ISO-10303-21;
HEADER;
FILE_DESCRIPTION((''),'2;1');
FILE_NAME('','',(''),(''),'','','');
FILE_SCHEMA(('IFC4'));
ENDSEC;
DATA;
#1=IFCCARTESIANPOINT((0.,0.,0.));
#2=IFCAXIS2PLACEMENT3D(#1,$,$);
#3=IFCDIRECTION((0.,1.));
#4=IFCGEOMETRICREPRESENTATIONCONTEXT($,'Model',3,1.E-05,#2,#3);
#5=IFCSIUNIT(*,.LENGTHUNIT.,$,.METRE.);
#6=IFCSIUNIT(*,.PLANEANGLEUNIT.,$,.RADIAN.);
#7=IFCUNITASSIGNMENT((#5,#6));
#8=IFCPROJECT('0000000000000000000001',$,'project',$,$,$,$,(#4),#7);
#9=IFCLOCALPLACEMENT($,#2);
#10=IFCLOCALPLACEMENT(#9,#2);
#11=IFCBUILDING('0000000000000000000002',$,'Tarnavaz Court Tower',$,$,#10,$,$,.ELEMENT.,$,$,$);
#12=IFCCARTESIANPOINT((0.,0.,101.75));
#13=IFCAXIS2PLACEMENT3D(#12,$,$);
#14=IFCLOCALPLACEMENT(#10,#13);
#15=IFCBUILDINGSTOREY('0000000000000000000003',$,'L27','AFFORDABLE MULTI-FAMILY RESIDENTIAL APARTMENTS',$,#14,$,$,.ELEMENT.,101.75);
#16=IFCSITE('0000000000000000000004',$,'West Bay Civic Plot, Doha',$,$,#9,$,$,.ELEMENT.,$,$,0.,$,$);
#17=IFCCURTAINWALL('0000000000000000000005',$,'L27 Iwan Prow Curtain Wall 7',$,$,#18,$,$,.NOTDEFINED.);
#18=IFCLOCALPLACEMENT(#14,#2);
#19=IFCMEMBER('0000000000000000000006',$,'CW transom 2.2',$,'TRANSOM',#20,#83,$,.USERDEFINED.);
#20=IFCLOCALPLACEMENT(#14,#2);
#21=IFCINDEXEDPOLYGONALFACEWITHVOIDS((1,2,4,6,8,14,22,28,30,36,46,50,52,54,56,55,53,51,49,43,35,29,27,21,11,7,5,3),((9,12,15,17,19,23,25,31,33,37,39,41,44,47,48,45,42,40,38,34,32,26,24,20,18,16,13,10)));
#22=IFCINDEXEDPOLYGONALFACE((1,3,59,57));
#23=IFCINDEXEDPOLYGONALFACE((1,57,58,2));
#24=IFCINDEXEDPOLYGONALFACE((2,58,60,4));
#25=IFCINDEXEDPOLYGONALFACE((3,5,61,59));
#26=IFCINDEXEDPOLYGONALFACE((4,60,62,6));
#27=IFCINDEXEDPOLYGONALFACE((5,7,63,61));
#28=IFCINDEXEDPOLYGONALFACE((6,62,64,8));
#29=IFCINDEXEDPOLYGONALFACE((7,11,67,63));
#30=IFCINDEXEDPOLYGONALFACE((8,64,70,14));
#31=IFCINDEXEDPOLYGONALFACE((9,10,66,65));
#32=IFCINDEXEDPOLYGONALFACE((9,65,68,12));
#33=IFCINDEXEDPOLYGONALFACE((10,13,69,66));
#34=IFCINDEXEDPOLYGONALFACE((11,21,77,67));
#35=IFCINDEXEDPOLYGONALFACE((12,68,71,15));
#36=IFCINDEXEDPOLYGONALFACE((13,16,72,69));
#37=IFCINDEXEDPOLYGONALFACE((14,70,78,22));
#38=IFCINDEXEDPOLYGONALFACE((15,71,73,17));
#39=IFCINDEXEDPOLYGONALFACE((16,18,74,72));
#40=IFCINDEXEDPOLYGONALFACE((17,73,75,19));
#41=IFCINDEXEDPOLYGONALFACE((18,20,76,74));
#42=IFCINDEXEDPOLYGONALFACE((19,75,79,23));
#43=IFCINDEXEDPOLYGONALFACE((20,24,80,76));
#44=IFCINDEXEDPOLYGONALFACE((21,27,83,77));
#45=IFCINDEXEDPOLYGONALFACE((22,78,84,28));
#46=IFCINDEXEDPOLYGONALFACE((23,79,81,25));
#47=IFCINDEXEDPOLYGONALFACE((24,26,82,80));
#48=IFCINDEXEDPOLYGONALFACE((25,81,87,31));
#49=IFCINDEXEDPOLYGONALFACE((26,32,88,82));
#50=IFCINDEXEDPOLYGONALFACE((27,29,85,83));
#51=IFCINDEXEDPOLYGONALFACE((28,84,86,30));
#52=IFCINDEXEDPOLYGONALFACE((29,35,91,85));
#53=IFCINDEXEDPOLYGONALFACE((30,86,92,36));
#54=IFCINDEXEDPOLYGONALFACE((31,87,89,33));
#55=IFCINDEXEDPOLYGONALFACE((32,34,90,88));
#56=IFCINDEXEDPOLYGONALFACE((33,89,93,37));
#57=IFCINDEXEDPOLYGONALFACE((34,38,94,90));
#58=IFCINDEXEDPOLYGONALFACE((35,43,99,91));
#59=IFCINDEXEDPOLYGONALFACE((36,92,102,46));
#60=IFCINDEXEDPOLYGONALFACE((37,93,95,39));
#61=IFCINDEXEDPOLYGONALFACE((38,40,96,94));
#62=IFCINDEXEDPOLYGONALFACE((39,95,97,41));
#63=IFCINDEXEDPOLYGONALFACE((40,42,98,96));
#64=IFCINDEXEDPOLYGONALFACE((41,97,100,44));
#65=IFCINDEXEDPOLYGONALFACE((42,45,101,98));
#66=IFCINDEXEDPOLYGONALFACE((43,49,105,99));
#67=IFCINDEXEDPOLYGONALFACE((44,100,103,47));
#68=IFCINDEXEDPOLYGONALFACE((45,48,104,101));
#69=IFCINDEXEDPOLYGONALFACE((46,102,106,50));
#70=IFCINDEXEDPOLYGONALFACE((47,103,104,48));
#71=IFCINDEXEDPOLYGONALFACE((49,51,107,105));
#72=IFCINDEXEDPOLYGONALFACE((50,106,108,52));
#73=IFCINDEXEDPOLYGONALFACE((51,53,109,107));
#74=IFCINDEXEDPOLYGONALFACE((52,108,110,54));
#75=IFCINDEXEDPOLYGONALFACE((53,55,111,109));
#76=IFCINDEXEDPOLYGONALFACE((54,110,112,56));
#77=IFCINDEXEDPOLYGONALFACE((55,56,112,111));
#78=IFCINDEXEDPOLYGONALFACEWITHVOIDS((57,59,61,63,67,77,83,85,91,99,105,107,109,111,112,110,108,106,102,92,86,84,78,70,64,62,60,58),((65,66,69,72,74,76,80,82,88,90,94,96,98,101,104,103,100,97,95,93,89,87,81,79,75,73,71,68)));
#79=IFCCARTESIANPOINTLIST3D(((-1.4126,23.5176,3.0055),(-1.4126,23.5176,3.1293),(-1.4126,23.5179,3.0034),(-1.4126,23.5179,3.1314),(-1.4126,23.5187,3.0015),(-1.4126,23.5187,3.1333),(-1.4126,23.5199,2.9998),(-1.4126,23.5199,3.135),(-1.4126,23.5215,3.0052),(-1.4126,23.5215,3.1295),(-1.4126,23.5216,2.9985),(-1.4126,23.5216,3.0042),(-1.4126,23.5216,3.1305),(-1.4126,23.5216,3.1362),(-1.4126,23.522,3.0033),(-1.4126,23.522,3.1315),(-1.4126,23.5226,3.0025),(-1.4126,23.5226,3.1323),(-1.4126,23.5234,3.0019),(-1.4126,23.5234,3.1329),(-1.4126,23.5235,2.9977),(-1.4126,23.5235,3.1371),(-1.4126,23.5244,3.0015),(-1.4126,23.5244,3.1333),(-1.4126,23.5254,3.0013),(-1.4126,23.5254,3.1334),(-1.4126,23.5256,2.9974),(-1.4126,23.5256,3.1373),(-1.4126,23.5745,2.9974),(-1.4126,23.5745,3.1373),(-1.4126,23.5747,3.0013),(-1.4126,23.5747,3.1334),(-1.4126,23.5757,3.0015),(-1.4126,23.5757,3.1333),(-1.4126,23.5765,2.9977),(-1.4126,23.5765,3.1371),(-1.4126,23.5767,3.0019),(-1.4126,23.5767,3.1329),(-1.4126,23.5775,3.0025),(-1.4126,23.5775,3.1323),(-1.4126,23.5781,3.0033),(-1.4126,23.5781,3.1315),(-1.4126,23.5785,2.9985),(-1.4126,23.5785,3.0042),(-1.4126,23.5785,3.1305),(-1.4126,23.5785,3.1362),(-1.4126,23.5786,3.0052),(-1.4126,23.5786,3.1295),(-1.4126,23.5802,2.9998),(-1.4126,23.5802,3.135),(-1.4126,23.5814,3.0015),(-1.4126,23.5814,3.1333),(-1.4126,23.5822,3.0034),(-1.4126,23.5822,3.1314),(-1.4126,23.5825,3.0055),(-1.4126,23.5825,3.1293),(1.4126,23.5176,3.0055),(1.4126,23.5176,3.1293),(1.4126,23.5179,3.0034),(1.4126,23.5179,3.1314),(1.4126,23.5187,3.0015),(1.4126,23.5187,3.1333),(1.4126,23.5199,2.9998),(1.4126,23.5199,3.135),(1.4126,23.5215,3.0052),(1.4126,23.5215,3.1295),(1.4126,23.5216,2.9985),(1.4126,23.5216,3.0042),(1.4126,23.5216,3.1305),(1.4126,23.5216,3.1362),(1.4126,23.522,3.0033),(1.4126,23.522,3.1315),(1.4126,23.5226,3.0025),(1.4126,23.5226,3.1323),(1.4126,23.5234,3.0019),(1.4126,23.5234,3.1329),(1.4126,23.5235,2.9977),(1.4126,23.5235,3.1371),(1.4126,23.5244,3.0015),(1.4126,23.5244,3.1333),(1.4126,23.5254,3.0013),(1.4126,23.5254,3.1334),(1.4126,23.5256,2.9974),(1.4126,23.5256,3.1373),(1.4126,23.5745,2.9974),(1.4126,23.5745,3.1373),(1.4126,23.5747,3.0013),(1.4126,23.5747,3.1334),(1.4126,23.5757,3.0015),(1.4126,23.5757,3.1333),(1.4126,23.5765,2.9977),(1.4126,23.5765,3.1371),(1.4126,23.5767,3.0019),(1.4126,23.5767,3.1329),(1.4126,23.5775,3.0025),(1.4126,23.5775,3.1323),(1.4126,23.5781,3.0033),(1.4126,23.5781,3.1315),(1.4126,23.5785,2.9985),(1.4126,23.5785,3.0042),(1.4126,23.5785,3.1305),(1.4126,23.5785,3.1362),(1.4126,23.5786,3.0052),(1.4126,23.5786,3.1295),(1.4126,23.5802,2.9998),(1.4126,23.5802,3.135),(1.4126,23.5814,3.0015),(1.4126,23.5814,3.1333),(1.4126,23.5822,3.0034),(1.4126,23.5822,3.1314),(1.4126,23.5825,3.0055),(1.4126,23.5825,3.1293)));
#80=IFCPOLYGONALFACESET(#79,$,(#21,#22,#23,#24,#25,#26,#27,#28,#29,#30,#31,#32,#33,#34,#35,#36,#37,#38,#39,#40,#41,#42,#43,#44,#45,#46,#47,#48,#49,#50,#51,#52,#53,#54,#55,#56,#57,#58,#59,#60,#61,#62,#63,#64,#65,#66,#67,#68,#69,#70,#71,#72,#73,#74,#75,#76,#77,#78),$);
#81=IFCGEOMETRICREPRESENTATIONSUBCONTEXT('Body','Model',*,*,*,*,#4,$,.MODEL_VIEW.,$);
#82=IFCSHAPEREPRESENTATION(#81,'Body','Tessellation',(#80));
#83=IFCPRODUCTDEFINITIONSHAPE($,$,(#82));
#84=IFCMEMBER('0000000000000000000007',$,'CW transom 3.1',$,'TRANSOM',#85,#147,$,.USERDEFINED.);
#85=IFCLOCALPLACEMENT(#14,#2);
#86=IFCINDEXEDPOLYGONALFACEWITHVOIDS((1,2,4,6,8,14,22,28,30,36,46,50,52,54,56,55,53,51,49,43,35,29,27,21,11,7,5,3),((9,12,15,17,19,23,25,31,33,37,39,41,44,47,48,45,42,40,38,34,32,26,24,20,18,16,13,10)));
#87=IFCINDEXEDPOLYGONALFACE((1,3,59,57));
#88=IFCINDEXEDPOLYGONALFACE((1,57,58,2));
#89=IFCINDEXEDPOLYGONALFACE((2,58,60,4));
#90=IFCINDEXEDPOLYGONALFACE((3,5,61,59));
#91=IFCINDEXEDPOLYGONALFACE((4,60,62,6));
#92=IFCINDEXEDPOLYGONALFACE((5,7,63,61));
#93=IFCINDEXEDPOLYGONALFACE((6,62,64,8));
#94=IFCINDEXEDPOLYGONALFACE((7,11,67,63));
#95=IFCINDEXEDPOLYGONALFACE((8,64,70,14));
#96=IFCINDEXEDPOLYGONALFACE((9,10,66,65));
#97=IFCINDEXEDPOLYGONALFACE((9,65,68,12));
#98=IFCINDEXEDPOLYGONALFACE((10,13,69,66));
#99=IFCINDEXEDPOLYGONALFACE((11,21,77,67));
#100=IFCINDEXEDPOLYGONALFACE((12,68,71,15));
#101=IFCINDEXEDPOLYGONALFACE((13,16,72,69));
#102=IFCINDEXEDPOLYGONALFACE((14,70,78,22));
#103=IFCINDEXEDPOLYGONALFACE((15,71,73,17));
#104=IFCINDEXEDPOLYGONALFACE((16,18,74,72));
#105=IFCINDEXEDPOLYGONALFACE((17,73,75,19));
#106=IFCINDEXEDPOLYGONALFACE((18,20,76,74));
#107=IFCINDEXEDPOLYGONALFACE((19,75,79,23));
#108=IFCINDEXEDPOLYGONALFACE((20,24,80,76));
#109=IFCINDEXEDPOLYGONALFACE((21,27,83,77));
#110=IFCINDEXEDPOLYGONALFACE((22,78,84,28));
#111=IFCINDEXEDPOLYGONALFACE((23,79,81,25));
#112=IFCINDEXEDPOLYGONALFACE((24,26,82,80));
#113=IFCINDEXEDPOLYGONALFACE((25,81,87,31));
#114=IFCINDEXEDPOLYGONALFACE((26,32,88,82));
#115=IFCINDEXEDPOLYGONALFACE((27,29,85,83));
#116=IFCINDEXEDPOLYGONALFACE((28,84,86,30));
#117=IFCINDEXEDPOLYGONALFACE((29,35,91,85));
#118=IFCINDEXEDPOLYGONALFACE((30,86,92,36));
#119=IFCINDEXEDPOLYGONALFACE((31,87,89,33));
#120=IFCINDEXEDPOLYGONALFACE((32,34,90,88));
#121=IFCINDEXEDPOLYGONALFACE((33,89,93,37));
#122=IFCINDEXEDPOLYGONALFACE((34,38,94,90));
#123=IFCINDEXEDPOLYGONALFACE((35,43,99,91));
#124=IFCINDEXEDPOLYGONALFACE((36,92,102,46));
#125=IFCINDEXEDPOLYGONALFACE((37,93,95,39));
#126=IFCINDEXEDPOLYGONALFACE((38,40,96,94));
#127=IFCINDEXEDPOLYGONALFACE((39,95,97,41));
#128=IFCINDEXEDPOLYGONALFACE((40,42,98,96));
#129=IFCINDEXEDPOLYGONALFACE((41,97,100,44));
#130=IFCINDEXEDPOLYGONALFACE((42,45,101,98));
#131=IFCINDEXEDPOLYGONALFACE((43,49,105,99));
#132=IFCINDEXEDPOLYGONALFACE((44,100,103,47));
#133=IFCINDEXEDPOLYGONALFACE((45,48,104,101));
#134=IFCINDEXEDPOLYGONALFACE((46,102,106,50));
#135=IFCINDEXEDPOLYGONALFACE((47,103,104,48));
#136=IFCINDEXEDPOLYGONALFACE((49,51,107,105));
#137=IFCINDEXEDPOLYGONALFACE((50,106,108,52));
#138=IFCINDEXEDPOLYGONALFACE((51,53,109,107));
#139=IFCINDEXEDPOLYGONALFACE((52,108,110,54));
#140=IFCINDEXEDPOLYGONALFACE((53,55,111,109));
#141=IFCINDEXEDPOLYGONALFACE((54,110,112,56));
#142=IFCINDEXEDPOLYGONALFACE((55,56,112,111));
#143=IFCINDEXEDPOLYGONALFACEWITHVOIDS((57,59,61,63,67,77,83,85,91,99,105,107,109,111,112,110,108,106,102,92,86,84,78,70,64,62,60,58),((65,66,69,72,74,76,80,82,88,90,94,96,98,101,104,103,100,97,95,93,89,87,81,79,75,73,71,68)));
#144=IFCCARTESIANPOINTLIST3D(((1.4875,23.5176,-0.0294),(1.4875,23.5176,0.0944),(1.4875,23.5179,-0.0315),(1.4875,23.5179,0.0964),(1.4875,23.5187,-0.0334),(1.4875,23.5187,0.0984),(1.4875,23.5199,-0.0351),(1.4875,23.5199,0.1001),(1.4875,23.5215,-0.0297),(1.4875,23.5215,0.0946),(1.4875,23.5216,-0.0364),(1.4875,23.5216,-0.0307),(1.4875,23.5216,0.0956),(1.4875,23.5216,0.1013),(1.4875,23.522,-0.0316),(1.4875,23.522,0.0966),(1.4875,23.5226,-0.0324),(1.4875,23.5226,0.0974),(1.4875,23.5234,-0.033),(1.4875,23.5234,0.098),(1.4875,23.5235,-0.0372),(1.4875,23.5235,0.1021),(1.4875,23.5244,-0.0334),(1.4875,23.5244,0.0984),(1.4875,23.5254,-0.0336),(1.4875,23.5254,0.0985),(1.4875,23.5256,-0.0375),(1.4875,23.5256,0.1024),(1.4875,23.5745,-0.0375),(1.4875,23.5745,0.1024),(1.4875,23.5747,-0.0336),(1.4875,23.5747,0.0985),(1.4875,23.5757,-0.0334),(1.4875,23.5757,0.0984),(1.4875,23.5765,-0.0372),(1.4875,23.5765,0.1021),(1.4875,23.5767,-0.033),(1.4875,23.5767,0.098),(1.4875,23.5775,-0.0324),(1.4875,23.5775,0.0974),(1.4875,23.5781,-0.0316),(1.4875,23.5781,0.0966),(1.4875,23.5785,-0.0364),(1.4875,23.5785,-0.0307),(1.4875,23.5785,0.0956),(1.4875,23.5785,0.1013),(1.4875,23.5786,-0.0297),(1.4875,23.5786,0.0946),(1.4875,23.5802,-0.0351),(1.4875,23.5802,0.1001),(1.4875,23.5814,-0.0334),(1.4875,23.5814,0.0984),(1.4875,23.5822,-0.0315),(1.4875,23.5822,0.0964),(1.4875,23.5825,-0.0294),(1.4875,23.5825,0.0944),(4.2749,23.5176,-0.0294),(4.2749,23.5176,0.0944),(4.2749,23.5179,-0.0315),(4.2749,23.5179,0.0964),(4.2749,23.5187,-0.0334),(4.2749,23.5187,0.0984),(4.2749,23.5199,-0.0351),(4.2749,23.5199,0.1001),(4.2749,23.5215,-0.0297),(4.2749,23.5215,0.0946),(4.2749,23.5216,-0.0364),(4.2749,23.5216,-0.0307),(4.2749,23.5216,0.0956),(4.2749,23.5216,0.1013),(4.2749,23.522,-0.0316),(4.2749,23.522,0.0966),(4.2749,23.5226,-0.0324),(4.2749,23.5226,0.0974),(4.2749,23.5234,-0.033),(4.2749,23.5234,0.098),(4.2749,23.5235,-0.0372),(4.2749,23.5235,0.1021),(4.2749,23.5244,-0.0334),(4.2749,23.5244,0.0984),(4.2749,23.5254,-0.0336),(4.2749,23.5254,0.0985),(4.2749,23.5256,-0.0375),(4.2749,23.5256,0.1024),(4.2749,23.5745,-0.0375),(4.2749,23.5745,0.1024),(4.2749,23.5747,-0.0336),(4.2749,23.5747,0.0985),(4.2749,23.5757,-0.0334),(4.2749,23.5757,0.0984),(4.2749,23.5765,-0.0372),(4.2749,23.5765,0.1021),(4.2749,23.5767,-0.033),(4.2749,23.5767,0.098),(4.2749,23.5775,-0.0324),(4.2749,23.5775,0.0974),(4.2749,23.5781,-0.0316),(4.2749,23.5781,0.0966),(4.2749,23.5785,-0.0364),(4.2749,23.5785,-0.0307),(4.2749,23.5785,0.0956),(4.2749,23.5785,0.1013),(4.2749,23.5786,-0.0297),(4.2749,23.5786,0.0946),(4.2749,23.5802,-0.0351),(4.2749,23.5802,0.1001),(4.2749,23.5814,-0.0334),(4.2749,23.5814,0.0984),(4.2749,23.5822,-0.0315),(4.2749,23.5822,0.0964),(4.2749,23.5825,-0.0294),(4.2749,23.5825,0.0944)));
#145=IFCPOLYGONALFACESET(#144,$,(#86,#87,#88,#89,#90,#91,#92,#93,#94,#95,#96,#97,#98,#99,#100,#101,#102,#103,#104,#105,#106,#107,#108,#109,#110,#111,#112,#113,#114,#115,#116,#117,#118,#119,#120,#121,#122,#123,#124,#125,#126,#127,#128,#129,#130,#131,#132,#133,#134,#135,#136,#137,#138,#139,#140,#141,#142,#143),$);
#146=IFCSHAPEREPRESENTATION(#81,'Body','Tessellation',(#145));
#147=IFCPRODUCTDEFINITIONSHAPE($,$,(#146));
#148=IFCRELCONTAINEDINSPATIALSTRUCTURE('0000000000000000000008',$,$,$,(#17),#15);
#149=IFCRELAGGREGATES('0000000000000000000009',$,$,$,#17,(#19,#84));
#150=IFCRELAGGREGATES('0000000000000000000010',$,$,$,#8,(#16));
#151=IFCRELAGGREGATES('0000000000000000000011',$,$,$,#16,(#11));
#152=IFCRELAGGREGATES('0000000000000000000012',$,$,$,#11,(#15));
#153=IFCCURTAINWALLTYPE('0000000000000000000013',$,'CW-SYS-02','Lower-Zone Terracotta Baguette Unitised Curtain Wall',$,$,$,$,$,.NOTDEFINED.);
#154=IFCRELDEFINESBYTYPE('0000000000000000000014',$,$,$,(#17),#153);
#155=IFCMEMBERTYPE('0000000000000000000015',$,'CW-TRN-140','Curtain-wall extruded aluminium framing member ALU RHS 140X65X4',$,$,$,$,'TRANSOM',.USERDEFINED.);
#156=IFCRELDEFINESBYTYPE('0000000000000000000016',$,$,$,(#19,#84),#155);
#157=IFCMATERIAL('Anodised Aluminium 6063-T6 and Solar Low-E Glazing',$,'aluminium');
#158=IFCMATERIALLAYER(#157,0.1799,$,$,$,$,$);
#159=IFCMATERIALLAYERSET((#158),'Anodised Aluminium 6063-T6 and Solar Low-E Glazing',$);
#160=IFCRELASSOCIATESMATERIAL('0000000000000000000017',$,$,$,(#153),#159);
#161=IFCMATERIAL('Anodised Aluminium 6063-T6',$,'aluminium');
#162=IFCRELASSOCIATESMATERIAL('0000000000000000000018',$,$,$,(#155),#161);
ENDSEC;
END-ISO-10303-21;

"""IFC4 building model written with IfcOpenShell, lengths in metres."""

from ifc_helpers import new_model, si_unit, direction, frame, origin, origin_2d, place, context, subcontext, project, spatial, hollow_rectangle, extrude, material, layer, layer_set, material_profile, profile_set, type_object, element, aggregate, save


model = new_model("IFC4")

# Units and contexts
model_context = context("Model", 3, precision=1e-05, world=origin(), true_north=direction((0.0, 1.0)))
body_context = subcontext(model_context, "Body", "Model", "MODEL_VIEW")
ifc_project = project(units=[si_unit("LENGTHUNIT", "METRE"), si_unit("PLANEANGLEUNIT", "RADIAN")], contexts=[model_context])

# Site, building, storey
site_placement = place(None, origin())
site = spatial("IfcSite", under=ifc_project, at=site_placement, Name="West Bay Civic Plot, Doha", CompositionType="ELEMENT", RefElevation=0.0)
building_placement = place(site_placement, origin())
building = spatial("IfcBuilding", under=site, at=building_placement, Name="Tarnavaz Court Tower", CompositionType="ELEMENT")
storey_placement = place(building_placement, frame((0.0, 0.0, 101.75)))
storey = spatial("IfcBuildingStorey", under=building, at=storey_placement, Name="L27", Description="AFFORDABLE MULTI-FAMILY RESIDENTIAL APARTMENTS", CompositionType="ELEMENT", Elevation=101.75)

# Curtain wall, members
ifc_material_1 = material(Name="Anodised Aluminium 6063-T6 and Solar Low-E Glazing", Category="aluminium")
ifc_layer_1 = layer(ifc_material_1, 0.1799)
ifc_layer_set_1 = layer_set([ifc_layer_1], Name="Anodised Aluminium 6063-T6 and Solar Low-E Glazing")
curtain_wall_type = type_object("IfcCurtainWallType", Name="CW-SYS-02", Description="Lower-Zone Terracotta Baguette Unitised Curtain Wall", PredefinedType="NOTDEFINED", material=ifc_layer_set_1)
curtain_wall_placement = place(storey_placement, origin())
curtain_wall = element("IfcCurtainWall", 1, at=curtain_wall_placement, inside=storey, type_object=curtain_wall_type, Name="L27 Iwan Prow Curtain Wall 7", PredefinedType="NOTDEFINED")
ifc_material_2 = material(Name="Anodised Aluminium 6063-T6", Category="aluminium")
ifc_material_profile_1 = material_profile(ifc_material_2, hollow_rectangle(XDim=0.0649, YDim=0.1399, WallThickness=0.0039, InnerFilletRadius=0.0039, OuterFilletRadius=0.0081, at=origin_2d()), Name="ALU RHS 140X65X4")
ifc_profile_set_1 = profile_set([ifc_material_profile_1], Name="Anodised Aluminium 6063-T6")
member_type_1 = type_object("IfcMemberType", Name="CW-TRN-140", Description="Curtain-wall extruded aluminium framing member ALU RHS 140X65X4", ElementType="TRANSOM", PredefinedType="USERDEFINED", material=ifc_profile_set_1)
member_1_placement = place(storey_placement, frame((-1.4126, 23.55, 3.0674), z_axis=(1.0, 0.0, 0.0), x_axis=(0.0, 1.0, 0.0)))
member_1 = element("IfcMember", 2, at=member_1_placement, type_object=member_type_1, Name="CW transom 2.2", ObjectType="TRANSOM", PredefinedType="USERDEFINED", context=body_context, shape_type="SweptSolid", body=[
    extrude(hollow_rectangle(XDim=0.0649, YDim=0.1399, WallThickness=0.0039, InnerFilletRadius=0.0039, OuterFilletRadius=0.0081, at=origin_2d()), origin(), (0.0, 0.0, 1.0), 2.8252),
])
member_2_placement = place(storey_placement, frame((1.4875, 23.55, 0.0325), z_axis=(1.0, 0.0, 0.0), x_axis=(0.0, 1.0, 0.0)))
member_2 = element("IfcMember", 3, at=member_2_placement, type_object=member_type_1, Name="CW transom 3.1", ObjectType="TRANSOM", PredefinedType="USERDEFINED", context=body_context, shape_type="SweptSolid", body=[
    extrude(hollow_rectangle(XDim=0.0649, YDim=0.1399, WallThickness=0.0039, InnerFilletRadius=0.0039, OuterFilletRadius=0.0081, at=origin_2d()), origin(), (0.0, 0.0, 1.0), 2.7874),
])
aggregate(curtain_wall, [member_1, member_2])

save(model, "model.ifc")
